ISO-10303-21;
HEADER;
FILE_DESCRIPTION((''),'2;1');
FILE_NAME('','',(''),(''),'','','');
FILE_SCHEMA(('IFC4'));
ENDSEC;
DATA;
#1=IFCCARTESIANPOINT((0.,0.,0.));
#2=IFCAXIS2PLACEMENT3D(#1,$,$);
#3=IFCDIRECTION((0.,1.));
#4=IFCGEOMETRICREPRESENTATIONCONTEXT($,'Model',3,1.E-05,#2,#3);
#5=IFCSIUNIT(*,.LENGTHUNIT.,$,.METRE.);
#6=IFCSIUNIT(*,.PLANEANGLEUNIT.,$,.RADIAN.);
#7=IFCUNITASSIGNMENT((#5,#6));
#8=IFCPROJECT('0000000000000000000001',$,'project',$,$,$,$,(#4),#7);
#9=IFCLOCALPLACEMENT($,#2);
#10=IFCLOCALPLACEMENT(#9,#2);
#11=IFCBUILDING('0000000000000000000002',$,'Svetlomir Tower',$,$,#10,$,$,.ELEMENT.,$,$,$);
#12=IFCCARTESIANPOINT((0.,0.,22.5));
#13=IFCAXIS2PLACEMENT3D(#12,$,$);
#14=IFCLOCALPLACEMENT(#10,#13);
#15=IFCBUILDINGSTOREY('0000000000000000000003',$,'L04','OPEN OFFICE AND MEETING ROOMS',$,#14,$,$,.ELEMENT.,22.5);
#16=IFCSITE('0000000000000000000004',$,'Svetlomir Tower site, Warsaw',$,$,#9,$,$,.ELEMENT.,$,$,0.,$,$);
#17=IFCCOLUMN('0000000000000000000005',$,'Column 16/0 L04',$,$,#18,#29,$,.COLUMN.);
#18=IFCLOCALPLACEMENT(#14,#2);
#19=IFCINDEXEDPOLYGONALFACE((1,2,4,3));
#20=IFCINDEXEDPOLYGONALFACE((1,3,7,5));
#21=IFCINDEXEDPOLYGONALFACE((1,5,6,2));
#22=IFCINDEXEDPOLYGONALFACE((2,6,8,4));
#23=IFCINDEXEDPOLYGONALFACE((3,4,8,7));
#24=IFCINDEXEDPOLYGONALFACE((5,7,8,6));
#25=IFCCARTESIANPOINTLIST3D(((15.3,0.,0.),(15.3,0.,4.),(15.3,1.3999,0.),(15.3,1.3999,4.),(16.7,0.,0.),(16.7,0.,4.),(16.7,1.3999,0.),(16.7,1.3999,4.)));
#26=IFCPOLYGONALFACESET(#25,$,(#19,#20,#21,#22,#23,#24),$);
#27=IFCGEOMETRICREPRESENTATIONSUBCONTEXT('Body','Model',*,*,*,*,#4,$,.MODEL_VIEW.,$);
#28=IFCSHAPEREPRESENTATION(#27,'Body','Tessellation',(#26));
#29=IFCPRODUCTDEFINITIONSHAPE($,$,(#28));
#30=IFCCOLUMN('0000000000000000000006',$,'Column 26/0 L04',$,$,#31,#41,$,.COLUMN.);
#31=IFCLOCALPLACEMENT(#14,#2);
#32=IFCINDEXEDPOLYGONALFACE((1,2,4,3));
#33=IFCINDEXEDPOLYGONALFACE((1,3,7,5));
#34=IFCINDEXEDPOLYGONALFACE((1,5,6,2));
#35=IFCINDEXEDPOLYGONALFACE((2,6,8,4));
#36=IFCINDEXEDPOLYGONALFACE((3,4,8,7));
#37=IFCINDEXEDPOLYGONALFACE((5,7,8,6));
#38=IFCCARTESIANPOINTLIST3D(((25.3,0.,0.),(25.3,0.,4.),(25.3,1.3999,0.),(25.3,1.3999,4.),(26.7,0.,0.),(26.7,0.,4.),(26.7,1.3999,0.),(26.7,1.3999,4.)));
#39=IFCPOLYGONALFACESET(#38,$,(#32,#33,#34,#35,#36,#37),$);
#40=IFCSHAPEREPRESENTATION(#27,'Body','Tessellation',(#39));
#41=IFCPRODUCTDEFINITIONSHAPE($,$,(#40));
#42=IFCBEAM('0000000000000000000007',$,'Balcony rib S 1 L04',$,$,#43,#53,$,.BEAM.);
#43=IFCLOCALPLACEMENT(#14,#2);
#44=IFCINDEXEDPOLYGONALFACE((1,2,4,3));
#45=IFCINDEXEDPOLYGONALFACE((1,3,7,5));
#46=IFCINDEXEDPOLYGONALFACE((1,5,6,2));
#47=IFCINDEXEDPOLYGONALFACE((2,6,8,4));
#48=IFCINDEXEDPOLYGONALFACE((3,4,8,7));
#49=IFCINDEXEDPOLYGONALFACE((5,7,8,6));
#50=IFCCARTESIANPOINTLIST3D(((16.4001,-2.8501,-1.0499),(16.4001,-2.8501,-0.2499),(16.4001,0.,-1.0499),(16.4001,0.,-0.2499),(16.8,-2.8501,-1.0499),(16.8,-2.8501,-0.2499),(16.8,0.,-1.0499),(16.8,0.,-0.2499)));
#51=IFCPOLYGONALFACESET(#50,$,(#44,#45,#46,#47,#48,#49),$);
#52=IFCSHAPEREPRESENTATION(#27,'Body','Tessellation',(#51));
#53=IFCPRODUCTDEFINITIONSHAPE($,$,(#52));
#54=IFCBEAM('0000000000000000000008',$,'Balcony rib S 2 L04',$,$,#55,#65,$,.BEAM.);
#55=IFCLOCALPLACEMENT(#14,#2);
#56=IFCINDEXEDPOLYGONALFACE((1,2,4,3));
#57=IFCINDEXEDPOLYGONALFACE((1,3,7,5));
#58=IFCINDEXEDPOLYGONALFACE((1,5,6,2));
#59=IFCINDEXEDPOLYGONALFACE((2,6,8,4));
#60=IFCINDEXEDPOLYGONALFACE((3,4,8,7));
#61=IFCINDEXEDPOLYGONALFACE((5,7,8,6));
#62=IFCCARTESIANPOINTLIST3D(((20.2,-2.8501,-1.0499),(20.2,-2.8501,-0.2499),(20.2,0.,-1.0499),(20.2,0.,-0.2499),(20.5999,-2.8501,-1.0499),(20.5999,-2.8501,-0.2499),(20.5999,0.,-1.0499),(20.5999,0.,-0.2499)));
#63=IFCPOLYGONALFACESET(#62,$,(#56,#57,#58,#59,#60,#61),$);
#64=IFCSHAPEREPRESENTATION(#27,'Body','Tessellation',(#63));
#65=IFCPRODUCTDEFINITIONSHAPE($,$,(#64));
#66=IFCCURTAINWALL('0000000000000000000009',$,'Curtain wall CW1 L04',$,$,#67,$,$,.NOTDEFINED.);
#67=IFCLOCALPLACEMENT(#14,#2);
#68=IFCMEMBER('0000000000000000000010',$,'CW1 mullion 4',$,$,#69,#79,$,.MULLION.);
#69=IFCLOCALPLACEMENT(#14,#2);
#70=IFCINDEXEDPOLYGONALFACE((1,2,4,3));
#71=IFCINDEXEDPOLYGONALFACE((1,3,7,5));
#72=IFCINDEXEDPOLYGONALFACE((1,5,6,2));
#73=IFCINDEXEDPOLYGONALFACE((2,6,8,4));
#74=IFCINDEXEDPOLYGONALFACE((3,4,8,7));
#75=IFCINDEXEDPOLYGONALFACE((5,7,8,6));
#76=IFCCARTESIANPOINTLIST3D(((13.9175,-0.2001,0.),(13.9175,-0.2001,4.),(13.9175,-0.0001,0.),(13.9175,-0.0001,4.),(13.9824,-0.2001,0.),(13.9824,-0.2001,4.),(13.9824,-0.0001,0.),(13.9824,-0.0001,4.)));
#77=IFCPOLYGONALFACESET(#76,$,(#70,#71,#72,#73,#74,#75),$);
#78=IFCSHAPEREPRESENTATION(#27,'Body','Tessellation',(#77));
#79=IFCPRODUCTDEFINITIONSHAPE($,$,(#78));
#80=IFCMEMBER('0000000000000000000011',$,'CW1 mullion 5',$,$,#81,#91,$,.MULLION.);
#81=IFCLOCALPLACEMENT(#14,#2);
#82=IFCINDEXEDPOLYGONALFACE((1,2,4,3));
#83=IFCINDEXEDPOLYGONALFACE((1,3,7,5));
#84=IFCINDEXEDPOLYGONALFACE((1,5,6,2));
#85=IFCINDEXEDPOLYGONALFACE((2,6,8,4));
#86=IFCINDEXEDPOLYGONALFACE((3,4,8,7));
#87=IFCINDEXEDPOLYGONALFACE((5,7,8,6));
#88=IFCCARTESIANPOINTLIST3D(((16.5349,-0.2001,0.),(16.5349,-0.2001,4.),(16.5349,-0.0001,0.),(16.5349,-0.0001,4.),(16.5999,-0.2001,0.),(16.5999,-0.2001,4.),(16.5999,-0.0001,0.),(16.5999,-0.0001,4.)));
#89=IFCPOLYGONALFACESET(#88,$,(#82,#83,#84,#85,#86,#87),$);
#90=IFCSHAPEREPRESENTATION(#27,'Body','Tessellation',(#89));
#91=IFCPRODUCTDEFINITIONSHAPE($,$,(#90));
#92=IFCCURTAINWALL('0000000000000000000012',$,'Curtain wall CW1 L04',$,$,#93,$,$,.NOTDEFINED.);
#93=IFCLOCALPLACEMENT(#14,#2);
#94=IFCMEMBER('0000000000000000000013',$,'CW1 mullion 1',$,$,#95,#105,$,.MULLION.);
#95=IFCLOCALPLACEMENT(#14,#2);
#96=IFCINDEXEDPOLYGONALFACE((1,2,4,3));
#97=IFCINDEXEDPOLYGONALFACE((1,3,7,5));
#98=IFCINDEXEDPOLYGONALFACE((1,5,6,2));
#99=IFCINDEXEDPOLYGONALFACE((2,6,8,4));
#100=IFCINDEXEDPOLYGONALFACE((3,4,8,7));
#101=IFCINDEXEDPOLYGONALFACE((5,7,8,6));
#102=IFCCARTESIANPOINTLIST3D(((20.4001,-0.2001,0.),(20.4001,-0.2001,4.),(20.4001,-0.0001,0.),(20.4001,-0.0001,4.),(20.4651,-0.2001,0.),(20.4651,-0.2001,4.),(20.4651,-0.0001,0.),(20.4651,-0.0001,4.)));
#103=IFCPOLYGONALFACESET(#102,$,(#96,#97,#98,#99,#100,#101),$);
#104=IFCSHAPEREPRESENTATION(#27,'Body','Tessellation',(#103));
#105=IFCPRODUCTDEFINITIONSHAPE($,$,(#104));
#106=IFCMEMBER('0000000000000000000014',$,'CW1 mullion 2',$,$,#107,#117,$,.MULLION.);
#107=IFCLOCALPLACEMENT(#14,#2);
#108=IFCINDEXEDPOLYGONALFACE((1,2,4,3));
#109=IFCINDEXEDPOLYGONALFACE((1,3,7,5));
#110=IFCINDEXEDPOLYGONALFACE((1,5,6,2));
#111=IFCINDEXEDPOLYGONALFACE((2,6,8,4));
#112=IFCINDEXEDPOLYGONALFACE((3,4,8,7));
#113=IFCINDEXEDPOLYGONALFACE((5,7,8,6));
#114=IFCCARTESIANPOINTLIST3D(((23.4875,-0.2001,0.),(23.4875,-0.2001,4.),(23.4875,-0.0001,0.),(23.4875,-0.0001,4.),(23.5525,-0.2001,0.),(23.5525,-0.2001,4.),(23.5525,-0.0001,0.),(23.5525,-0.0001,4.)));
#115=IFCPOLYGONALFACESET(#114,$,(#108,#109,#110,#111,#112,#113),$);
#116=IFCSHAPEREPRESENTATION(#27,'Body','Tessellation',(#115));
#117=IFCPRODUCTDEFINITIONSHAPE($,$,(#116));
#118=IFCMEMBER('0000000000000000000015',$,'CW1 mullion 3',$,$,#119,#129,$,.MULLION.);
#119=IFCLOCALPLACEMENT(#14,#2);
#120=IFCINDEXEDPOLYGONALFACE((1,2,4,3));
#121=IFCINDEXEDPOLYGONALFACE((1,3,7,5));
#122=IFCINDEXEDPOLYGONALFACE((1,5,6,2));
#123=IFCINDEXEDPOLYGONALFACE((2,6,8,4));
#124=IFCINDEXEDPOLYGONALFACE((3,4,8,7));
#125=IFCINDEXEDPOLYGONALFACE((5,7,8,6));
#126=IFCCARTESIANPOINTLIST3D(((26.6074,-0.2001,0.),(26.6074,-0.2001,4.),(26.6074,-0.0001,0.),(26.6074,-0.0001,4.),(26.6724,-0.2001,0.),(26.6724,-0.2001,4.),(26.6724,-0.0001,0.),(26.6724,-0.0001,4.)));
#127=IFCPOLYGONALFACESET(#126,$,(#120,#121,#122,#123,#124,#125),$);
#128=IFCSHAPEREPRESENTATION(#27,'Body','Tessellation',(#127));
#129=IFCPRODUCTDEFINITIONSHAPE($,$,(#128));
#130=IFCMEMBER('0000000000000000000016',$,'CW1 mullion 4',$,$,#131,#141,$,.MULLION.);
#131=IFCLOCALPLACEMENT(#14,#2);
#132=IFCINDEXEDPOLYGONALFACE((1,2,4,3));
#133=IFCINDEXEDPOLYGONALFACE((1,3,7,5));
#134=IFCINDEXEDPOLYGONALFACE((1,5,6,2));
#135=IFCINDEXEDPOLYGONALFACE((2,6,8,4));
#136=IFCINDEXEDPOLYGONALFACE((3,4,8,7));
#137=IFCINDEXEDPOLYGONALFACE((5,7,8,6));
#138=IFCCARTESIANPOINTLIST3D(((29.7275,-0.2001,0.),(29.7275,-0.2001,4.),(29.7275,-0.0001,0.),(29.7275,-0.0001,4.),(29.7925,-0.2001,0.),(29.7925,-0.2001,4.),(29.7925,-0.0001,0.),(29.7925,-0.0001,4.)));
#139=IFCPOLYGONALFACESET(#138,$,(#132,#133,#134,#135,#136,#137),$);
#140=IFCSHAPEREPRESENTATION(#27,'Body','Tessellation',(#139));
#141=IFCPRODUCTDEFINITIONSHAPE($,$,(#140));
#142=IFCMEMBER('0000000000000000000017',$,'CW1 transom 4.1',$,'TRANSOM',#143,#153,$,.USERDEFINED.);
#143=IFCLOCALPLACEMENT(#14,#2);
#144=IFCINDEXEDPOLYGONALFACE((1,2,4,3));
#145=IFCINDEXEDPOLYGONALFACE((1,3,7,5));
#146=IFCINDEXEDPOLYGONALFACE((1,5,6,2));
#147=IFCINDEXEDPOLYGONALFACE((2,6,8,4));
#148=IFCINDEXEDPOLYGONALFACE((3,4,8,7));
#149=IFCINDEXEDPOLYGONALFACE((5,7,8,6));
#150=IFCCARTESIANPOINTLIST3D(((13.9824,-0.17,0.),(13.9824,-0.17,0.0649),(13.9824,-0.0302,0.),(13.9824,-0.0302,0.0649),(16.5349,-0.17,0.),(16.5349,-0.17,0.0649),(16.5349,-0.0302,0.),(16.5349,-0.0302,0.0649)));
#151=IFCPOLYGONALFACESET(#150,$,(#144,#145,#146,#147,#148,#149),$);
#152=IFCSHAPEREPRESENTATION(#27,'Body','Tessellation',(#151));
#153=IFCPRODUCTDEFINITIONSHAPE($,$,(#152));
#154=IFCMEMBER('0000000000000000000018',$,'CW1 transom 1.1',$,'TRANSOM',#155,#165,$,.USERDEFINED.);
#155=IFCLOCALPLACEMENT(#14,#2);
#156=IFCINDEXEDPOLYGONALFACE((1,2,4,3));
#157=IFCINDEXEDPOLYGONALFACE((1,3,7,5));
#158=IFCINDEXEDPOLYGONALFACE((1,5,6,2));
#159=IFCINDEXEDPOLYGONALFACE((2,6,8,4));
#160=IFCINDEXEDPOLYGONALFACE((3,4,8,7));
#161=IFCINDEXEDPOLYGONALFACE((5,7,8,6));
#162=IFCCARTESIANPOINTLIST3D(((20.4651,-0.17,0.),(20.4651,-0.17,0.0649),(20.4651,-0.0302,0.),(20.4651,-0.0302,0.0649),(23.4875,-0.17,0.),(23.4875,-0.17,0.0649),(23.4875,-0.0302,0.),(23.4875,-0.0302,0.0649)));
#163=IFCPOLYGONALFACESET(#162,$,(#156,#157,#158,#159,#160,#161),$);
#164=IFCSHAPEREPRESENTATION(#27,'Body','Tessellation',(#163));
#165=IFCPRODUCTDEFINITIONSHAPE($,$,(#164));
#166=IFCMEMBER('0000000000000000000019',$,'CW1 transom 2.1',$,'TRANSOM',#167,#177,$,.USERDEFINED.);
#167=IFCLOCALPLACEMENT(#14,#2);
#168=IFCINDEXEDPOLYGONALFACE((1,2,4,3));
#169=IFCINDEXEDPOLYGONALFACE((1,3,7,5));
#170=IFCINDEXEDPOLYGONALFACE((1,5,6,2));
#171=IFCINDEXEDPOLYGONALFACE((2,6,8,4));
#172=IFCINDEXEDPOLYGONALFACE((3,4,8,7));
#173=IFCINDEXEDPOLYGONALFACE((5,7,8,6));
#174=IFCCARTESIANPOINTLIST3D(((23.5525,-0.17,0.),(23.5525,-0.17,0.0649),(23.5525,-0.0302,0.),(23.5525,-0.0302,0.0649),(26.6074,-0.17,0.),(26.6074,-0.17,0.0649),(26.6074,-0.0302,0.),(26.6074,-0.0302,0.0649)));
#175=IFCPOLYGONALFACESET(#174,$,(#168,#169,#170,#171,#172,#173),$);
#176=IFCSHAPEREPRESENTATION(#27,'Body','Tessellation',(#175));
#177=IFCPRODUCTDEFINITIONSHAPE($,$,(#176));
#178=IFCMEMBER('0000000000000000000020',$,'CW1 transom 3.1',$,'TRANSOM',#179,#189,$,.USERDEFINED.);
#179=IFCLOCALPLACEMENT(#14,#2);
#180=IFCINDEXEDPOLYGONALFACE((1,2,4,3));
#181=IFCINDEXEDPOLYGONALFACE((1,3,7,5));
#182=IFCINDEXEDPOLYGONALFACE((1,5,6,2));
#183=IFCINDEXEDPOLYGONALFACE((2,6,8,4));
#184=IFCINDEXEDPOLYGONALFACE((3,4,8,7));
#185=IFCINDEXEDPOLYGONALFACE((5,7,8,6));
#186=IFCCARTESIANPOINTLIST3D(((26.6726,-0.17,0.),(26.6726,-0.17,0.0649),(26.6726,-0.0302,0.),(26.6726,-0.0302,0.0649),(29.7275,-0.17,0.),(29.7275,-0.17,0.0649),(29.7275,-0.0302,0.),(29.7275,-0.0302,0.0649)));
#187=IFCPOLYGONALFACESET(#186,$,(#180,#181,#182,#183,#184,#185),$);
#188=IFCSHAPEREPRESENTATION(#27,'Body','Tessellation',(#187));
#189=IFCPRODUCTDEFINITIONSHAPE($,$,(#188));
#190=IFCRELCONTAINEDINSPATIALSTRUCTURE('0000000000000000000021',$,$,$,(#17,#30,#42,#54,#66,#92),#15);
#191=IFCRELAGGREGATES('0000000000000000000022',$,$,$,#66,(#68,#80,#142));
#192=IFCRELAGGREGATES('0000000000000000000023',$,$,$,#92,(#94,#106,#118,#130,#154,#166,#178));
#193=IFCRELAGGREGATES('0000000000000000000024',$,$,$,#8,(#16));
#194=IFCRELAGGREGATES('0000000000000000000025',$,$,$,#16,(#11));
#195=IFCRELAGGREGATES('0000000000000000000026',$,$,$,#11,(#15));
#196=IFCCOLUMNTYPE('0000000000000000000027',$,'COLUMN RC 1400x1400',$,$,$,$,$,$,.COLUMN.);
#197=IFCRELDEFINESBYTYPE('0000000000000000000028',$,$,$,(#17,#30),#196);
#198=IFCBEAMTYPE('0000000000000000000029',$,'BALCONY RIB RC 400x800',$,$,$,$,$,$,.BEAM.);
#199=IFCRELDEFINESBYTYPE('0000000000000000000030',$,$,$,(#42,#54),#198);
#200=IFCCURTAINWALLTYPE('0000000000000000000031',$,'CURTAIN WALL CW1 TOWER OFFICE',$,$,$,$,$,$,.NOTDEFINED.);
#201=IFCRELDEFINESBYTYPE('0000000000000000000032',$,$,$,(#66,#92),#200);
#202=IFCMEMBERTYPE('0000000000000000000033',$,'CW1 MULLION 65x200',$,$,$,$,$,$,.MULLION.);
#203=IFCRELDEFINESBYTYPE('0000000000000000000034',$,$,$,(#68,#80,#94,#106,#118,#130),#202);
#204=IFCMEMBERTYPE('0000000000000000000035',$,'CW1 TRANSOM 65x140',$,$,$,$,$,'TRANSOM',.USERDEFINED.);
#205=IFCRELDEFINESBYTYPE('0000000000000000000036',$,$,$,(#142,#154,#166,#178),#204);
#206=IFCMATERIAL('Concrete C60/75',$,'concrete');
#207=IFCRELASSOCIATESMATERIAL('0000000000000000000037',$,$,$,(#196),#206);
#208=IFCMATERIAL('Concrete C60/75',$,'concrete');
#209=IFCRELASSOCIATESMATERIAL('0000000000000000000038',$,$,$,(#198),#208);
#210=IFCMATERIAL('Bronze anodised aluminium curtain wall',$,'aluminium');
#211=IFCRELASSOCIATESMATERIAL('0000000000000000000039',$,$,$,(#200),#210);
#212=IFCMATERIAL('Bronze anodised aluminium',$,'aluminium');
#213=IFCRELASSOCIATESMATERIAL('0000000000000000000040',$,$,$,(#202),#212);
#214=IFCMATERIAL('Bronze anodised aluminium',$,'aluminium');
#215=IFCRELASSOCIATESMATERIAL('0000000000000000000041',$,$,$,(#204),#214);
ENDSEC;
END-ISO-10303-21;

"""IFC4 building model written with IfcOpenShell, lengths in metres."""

from ifc_helpers import new_model, si_unit, direction, frame, origin, origin_2d, place, context, subcontext, project, spatial, rectangle, extrude, material, material_profile, profile_set, type_object, element, aggregate, save


model = new_model("IFC4")

# Units and contexts
model_context = context("Model", 3, precision=1e-05, world=origin(), true_north=direction((0.0, 1.0)))
body_context = subcontext(model_context, "Body", "Model", "MODEL_VIEW")
ifc_project = project(units=[si_unit("LENGTHUNIT", "METRE"), si_unit("PLANEANGLEUNIT", "RADIAN")], contexts=[model_context])

# Site, building, storey
site_placement = place(None, origin())
site = spatial("IfcSite", under=ifc_project, at=site_placement, Name="Svetlomir Tower site, Warsaw", CompositionType="ELEMENT", RefElevation=0.0)
building_placement = place(site_placement, origin())
building = spatial("IfcBuilding", under=site, at=building_placement, Name="Svetlomir Tower", CompositionType="ELEMENT")
storey_placement = place(building_placement, frame((0.0, 0.0, 22.5)))
storey = spatial("IfcBuildingStorey", under=building, at=storey_placement, Name="L04", Description="OPEN OFFICE AND MEETING ROOMS", CompositionType="ELEMENT", Elevation=22.5)

# Columns
ifc_material_1 = material(Name="Concrete C60/75", Category="concrete")
ifc_material_profile_1 = material_profile(ifc_material_1, rectangle(XDim=1.3999, YDim=1.3999, at=origin_2d()), Name="RC 1400x1400")
ifc_profile_set_1 = profile_set([ifc_material_profile_1], Name="Concrete C60/75")
column_type = type_object("IfcColumnType", Name="COLUMN RC 1400x1400", PredefinedType="COLUMN", material=ifc_profile_set_1)
for number, where, z_axis, x_axis, name in (
    (1, (16.0, 0.7, 0.0), (0.0, 0.0, 1.0), (1.0, 0.0, 0.0), "Column 16/0 L04"),
    (2, (26.0, 0.7, 0.0), (0.0, 0.0, 1.0), (1.0, 0.0, 0.0), "Column 26/0 L04"),
):
    element("IfcColumn", number, at=place(storey_placement, frame(where, z_axis=z_axis, x_axis=x_axis)), inside=storey, type_object=column_type, Name=name, PredefinedType="COLUMN", context=body_context, shape_type="SweptSolid", body=[
        extrude(rectangle(XDim=1.3999, YDim=1.3999, at=origin_2d()), origin(), (0.0, 0.0, 1.0), 4.0),
    ])

# Beams
ifc_material_2 = material(Name="Concrete C60/75", Category="concrete")
ifc_material_profile_2 = material_profile(ifc_material_2, rectangle(XDim=0.3999, YDim=0.8, at=origin_2d()), Name="RC 400x800")
ifc_profile_set_2 = profile_set([ifc_material_profile_2], Name="Concrete C60/75")
beam_type_1 = type_object("IfcBeamType", Name="BALCONY RIB RC 400x800", PredefinedType="BEAM", material=ifc_profile_set_2)
for number, where, z_axis, x_axis, name in (
    (3, (16.6001, 0.0, -0.6499), (0.0, -1.0, 0.0), (1.0, 0.0, 0.0), "Balcony rib S 1 L04"),
    (4, (20.3999, 0.0, -0.6499), (0.0, -1.0, 0.0), (1.0, 0.0, 0.0), "Balcony rib S 2 L04"),
):
    element("IfcBeam", number, at=place(storey_placement, frame(where, z_axis=z_axis, x_axis=x_axis)), inside=storey, type_object=beam_type_1, Name=name, PredefinedType="BEAM", context=body_context, shape_type="SweptSolid", body=[
        extrude(rectangle(XDim=0.3999, YDim=0.8, at=origin_2d()), origin(), (0.0, 0.0, 1.0), 2.8501),
    ])

# Curtain walls, members
ifc_material_3 = material(Name="Bronze anodised aluminium curtain wall", Category="aluminium")
curtain_wall_type = type_object("IfcCurtainWallType", Name="CURTAIN WALL CW1 TOWER OFFICE", PredefinedType="NOTDEFINED", material=ifc_material_3)
curtain_wall_1_placement = place(storey_placement, origin())
curtain_wall_1 = element("IfcCurtainWall", 5, at=curtain_wall_1_placement, inside=storey, type_object=curtain_wall_type, Name="Curtain wall CW1 L04", PredefinedType="NOTDEFINED")
ifc_material_4 = material(Name="Bronze anodised aluminium", Category="aluminium")
ifc_material_profile_3 = material_profile(ifc_material_4, rectangle(XDim=0.0649, YDim=0.2, at=origin_2d()), Name="AL 65x200")
ifc_profile_set_3 = profile_set([ifc_material_profile_3], Name="Bronze anodised aluminium 6063-T6")
member_type_1 = type_object("IfcMemberType", Name="CW1 MULLION 65x200", PredefinedType="MULLION", material=ifc_profile_set_3)
member_1_placement = place(storey_placement, frame((13.95, -0.1001, 0.0), z_axis=(0.0, 0.0, 1.0), x_axis=(1.0, 0.0, 0.0)))
member_1 = element("IfcMember", 6, at=member_1_placement, type_object=member_type_1, Name="CW1 mullion 4", PredefinedType="MULLION", context=body_context, shape_type="SweptSolid", body=[
    extrude(rectangle(XDim=0.0649, YDim=0.2, at=origin_2d()), origin(), (0.0, 0.0, 1.0), 4.0),
])
member_2_placement = place(storey_placement, frame((16.5674, -0.1001, 0.0), z_axis=(0.0, 0.0, 1.0), x_axis=(1.0, 0.0, 0.0)))
member_2 = element("IfcMember", 7, at=member_2_placement, type_object=member_type_1, Name="CW1 mullion 5", PredefinedType="MULLION", context=body_context, shape_type="SweptSolid", body=[
    extrude(rectangle(XDim=0.0649, YDim=0.2, at=origin_2d()), origin(), (0.0, 0.0, 1.0), 4.0),
])
curtain_wall_2_placement = place(storey_placement, origin())
curtain_wall_2 = element("IfcCurtainWall", 8, at=curtain_wall_2_placement, inside=storey, type_object=curtain_wall_type, Name="Curtain wall CW1 L04", PredefinedType="NOTDEFINED")
member_3_placement = place(storey_placement, frame((20.4326, -0.1001, 0.0), z_axis=(0.0, 0.0, 1.0), x_axis=(1.0, 0.0, 0.0)))
member_3 = element("IfcMember", 9, at=member_3_placement, type_object=member_type_1, Name="CW1 mullion 1", PredefinedType="MULLION", context=body_context, shape_type="SweptSolid", body=[
    extrude(rectangle(XDim=0.0649, YDim=0.2, at=origin_2d()), origin(), (0.0, 0.0, 1.0), 4.0),
])
member_4_placement = place(storey_placement, frame((23.52, -0.1001, 0.0), z_axis=(0.0, 0.0, 1.0), x_axis=(1.0, 0.0, 0.0)))
member_4 = element("IfcMember", 10, at=member_4_placement, type_object=member_type_1, Name="CW1 mullion 2", PredefinedType="MULLION", context=body_context, shape_type="SweptSolid", body=[
    extrude(rectangle(XDim=0.0649, YDim=0.2, at=origin_2d()), origin(), (0.0, 0.0, 1.0), 4.0),
])
member_5_placement = place(storey_placement, frame((26.6399, -0.1001, 0.0), z_axis=(0.0, 0.0, 1.0), x_axis=(1.0, 0.0, 0.0)))
member_5 = element("IfcMember", 11, at=member_5_placement, type_object=member_type_1, Name="CW1 mullion 3", PredefinedType="MULLION", context=body_context, shape_type="SweptSolid", body=[
    extrude(rectangle(XDim=0.0649, YDim=0.2, at=origin_2d()), origin(), (0.0, 0.0, 1.0), 4.0),
])
member_6_placement = place(storey_placement, frame((29.76, -0.1001, 0.0), z_axis=(0.0, 0.0, 1.0), x_axis=(1.0, 0.0, 0.0)))
member_6 = element("IfcMember", 12, at=member_6_placement, type_object=member_type_1, Name="CW1 mullion 4", PredefinedType="MULLION", context=body_context, shape_type="SweptSolid", body=[
    extrude(rectangle(XDim=0.0649, YDim=0.2, at=origin_2d()), origin(), (0.0, 0.0, 1.0), 4.0),
])

# Members
ifc_material_5 = material(Name="Bronze anodised aluminium", Category="aluminium")
ifc_material_profile_4 = material_profile(ifc_material_5, rectangle(XDim=0.1399, YDim=0.0649, at=origin_2d()), Name="AL 140x65")
ifc_profile_set_4 = profile_set([ifc_material_profile_4], Name="Bronze anodised aluminium 6063-T6")
member_type_2 = type_object("IfcMemberType", Name="CW1 TRANSOM 65x140", ElementType="TRANSOM", PredefinedType="USERDEFINED", material=ifc_profile_set_4)
member_7_placement = place(storey_placement, frame((13.9824, -0.1001, 0.0325), z_axis=(1.0, 0.0, 0.0), x_axis=(0.0, 1.0, 0.0)))
member_7 = element("IfcMember", 13, at=member_7_placement, type_object=member_type_2, Name="CW1 transom 4.1", ObjectType="TRANSOM", PredefinedType="USERDEFINED", context=body_context, shape_type="SweptSolid", body=[
    extrude(rectangle(XDim=0.1399, YDim=0.0649, at=origin_2d()), origin(), (0.0, 0.0, 1.0), 2.5525),
])
member_8_placement = place(storey_placement, frame((20.4651, -0.1001, 0.0325), z_axis=(1.0, 0.0, 0.0), x_axis=(0.0, 1.0, 0.0)))
member_8 = element("IfcMember", 14, at=member_8_placement, type_object=member_type_2, Name="CW1 transom 1.1", ObjectType="TRANSOM", PredefinedType="USERDEFINED", context=body_context, shape_type="SweptSolid", body=[
    extrude(rectangle(XDim=0.1399, YDim=0.0649, at=origin_2d()), origin(), (0.0, 0.0, 1.0), 3.0225),
])
member_9_placement = place(storey_placement, frame((23.5525, -0.1001, 0.0325), z_axis=(1.0, 0.0, 0.0), x_axis=(0.0, 1.0, 0.0)))
member_9 = element("IfcMember", 15, at=member_9_placement, type_object=member_type_2, Name="CW1 transom 2.1", ObjectType="TRANSOM", PredefinedType="USERDEFINED", context=body_context, shape_type="SweptSolid", body=[
    extrude(rectangle(XDim=0.1399, YDim=0.0649, at=origin_2d()), origin(), (0.0, 0.0, 1.0), 3.0549),
])
member_10_placement = place(storey_placement, frame((26.6726, -0.1001, 0.0325), z_axis=(1.0, 0.0, 0.0), x_axis=(0.0, 1.0, 0.0)))
member_10 = element("IfcMember", 16, at=member_10_placement, type_object=member_type_2, Name="CW1 transom 3.1", ObjectType="TRANSOM", PredefinedType="USERDEFINED", context=body_context, shape_type="SweptSolid", body=[
    extrude(rectangle(XDim=0.1399, YDim=0.0649, at=origin_2d()), origin(), (0.0, 0.0, 1.0), 3.0549),
])

aggregate(curtain_wall_1, [member_1, member_2, member_7])
aggregate(curtain_wall_2, [member_3, member_4, member_5, member_6, member_8, member_9, member_10])

save(model, "model.ifc")
